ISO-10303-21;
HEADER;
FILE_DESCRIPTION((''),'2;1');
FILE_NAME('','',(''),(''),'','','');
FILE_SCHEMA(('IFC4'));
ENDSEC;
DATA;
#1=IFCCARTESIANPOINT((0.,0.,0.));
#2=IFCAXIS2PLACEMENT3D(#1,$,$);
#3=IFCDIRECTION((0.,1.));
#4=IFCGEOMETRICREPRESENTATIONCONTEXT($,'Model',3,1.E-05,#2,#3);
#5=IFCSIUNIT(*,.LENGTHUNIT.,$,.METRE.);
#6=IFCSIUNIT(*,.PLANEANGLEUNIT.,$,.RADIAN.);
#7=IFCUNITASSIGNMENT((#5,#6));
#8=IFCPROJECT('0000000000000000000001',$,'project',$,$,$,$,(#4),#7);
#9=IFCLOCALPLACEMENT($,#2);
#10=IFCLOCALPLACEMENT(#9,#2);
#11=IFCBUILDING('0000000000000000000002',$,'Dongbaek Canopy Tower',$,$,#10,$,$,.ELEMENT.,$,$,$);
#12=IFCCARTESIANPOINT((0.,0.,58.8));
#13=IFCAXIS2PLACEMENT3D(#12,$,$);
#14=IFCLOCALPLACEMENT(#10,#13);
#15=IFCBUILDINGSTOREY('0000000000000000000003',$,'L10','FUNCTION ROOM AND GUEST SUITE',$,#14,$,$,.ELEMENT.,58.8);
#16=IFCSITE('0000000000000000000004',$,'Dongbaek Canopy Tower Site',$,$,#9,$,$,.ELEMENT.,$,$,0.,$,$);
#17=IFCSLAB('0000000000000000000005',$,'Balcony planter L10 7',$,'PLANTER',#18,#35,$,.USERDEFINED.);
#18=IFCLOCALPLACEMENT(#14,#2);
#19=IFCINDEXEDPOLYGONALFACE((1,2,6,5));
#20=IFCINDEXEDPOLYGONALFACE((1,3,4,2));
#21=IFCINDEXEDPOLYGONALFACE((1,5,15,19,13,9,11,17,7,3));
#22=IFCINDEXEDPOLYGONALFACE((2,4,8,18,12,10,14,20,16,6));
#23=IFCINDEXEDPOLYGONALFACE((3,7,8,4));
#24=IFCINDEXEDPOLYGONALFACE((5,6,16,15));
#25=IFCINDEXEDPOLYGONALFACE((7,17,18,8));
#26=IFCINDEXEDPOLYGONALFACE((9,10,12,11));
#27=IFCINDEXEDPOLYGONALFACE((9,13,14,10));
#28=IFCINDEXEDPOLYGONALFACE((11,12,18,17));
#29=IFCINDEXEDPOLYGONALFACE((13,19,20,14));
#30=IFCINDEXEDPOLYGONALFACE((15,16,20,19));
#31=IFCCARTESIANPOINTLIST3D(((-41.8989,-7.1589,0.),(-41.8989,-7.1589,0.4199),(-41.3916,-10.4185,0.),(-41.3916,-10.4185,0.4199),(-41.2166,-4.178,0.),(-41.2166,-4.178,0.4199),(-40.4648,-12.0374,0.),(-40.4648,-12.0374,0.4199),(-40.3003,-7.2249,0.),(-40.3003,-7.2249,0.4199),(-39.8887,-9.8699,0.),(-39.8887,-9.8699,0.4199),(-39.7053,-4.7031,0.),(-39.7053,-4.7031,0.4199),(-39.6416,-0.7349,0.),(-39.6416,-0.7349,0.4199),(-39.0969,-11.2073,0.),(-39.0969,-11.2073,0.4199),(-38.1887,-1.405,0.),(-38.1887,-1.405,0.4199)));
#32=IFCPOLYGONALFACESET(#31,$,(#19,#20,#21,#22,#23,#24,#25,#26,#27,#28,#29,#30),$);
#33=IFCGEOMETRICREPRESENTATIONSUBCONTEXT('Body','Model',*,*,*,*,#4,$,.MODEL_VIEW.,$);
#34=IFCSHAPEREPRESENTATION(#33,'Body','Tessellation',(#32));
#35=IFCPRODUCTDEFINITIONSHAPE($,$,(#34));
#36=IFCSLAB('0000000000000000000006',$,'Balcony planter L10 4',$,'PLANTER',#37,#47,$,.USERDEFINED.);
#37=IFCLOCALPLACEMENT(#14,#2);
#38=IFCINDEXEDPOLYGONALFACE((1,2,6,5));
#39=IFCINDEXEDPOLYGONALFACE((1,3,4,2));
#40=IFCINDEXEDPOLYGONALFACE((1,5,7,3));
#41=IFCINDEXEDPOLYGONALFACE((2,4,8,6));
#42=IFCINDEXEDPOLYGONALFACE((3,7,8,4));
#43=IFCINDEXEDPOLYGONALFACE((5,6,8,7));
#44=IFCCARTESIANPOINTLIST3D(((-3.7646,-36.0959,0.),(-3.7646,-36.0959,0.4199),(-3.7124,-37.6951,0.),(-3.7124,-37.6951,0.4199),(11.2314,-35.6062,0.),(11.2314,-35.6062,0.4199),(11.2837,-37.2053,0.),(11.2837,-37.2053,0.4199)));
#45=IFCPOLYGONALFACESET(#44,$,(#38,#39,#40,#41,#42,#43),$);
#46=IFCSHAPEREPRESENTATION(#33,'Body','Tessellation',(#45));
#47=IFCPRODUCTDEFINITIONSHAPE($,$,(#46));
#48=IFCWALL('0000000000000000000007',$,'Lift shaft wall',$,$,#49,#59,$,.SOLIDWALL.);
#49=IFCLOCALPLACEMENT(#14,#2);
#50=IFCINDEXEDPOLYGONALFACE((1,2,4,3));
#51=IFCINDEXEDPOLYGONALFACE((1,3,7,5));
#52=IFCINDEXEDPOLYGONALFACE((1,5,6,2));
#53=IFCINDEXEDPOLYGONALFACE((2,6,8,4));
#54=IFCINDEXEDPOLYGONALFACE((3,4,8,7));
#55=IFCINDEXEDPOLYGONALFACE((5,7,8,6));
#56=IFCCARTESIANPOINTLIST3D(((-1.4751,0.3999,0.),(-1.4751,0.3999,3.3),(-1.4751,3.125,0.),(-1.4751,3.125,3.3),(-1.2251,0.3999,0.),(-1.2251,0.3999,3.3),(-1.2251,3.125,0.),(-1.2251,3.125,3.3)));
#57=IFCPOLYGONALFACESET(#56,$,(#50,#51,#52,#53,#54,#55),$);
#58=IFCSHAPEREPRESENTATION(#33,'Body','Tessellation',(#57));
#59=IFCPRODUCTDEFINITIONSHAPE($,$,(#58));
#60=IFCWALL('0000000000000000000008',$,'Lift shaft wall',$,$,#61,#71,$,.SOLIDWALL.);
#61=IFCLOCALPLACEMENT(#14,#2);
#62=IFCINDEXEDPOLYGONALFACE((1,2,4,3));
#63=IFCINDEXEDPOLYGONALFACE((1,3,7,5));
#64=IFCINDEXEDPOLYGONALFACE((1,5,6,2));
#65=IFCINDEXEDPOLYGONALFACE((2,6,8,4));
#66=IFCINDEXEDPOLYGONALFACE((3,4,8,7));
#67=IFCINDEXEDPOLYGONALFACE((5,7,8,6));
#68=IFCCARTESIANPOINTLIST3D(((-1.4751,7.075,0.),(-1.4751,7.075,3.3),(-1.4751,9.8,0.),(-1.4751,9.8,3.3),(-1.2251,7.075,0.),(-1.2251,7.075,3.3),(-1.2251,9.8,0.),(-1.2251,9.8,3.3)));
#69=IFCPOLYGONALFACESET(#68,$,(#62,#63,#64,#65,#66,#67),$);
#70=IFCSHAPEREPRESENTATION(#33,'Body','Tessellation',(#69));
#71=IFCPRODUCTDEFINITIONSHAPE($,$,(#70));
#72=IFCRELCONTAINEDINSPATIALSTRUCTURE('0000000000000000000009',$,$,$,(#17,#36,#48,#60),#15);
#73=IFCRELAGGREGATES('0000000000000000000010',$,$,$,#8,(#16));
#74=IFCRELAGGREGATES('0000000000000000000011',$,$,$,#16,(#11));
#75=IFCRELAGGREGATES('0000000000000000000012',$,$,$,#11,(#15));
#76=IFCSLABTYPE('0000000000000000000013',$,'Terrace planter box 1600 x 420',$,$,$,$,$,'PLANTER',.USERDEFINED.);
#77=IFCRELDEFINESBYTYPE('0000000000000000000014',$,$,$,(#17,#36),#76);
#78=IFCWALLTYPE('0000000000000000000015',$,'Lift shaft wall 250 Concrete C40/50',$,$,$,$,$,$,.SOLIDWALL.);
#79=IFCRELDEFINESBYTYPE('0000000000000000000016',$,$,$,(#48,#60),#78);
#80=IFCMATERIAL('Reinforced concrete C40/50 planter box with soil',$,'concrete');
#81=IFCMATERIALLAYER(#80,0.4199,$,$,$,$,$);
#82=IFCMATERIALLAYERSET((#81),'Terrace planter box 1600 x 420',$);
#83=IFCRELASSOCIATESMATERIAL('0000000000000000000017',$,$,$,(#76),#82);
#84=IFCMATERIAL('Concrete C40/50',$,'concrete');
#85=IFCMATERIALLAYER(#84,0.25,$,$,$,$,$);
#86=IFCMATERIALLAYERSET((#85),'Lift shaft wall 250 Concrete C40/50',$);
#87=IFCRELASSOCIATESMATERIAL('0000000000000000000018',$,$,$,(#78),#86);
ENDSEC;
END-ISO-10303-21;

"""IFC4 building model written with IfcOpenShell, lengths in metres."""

from ifc_helpers import new_model, si_unit, direction, frame, frame_2d, origin, place, context, subcontext, project, spatial, polyline, rectangle, outline, extrude, material, layer, layer_set, type_object, element, save


model = new_model("IFC4")

# Units and contexts
model_context = context("Model", 3, precision=1e-05, world=origin(), true_north=direction((0.0, 1.0)))
body_context = subcontext(model_context, "Body", "Model", "MODEL_VIEW")
ifc_project = project(units=[si_unit("LENGTHUNIT", "METRE"), si_unit("PLANEANGLEUNIT", "RADIAN")], contexts=[model_context])

# Site, building, storey
site_placement = place(None, origin())
site = spatial("IfcSite", under=ifc_project, at=site_placement, Name="Dongbaek Canopy Tower Site", CompositionType="ELEMENT", RefElevation=0.0)
building_placement = place(site_placement, origin())
building = spatial("IfcBuilding", under=site, at=building_placement, Name="Dongbaek Canopy Tower", CompositionType="ELEMENT")
storey_placement = place(building_placement, frame((0.0, 0.0, 58.8)))
storey = spatial("IfcBuildingStorey", under=building, at=storey_placement, Name="L10", Description="FUNCTION ROOM AND GUEST SUITE", CompositionType="ELEMENT", Elevation=58.8)

# Slabs
ifc_material_1 = material(Name="Reinforced concrete C40/50 planter box with soil", Category="concrete")
ifc_layer_1 = layer(ifc_material_1, 0.4199)
ifc_layer_set_1 = layer_set([ifc_layer_1], Name="Terrace planter box 1600 x 420")
slab_type_1 = type_object("IfcSlabType", Name="Terrace planter box 1600 x 420", ElementType="PLANTER", PredefinedType="USERDEFINED", material=ifc_layer_set_1)
slab_1_placement = place(storey_placement, origin())
element("IfcSlab", 1, at=slab_1_placement, inside=storey, type_object=slab_type_1, Name="Balcony planter L10 7", ObjectType="PLANTER", PredefinedType="USERDEFINED", context=body_context, shape_type="SweptSolid", body=[
    extrude(outline(polyline([(-38.1887, -1.405), (-39.7053, -4.7031), (-40.3003, -7.2249), (-39.8887, -9.8699), (-39.0969, -11.2073), (-40.4648, -12.0374), (-41.3916, -10.4185), (-41.8989, -7.1589), (-41.2166, -4.178), (-39.6416, -0.7349), (-38.1887, -1.405)])), origin(), (0.0, 0.0, 1.0), 0.4199),
])
slab_2_placement = place(storey_placement, origin())
element("IfcSlab", 2, at=slab_2_placement, inside=storey, type_object=slab_type_1, Name="Balcony planter L10 4", ObjectType="PLANTER", PredefinedType="USERDEFINED", context=body_context, shape_type="SweptSolid", body=[
    extrude(outline(polyline([(-3.7646, -36.0959), (11.2314, -35.6062), (11.2837, -37.2053), (-3.7124, -37.6951), (-3.7646, -36.0959)])), origin(), (0.0, 0.0, 1.0), 0.4199),
])

# Walls
ifc_material_2 = material(Name="Concrete C40/50", Category="concrete")
ifc_layer_2 = layer(ifc_material_2, 0.25)
ifc_layer_set_2 = layer_set([ifc_layer_2], Name="Lift shaft wall 250 Concrete C40/50")
wall_type = type_object("IfcWallType", Name="Lift shaft wall 250 Concrete C40/50", PredefinedType="SOLIDWALL", material=ifc_layer_set_2)
for number, where, z_axis, x_axis, name in (
    (3, (-1.3501, 0.3999, 0.0), (0.0, 0.0, 1.0), (0.0, 1.0, 0.0), "Lift shaft wall"),
    (4, (-1.3501, 7.075, 0.0), (0.0, 0.0, 1.0), (0.0, 1.0, 0.0), "Lift shaft wall"),
):
    element("IfcWall", number, at=place(storey_placement, frame(where, z_axis=z_axis, x_axis=x_axis)), inside=storey, type_object=wall_type, Name=name, PredefinedType="SOLIDWALL", context=body_context, shape_type="SweptSolid", body=[
        extrude(rectangle(XDim=2.7251, YDim=0.25, at=frame_2d((1.3625, 0.0))), origin(), (0.0, 0.0, 1.0), 3.3),
    ])

save(model, "model.ifc")
